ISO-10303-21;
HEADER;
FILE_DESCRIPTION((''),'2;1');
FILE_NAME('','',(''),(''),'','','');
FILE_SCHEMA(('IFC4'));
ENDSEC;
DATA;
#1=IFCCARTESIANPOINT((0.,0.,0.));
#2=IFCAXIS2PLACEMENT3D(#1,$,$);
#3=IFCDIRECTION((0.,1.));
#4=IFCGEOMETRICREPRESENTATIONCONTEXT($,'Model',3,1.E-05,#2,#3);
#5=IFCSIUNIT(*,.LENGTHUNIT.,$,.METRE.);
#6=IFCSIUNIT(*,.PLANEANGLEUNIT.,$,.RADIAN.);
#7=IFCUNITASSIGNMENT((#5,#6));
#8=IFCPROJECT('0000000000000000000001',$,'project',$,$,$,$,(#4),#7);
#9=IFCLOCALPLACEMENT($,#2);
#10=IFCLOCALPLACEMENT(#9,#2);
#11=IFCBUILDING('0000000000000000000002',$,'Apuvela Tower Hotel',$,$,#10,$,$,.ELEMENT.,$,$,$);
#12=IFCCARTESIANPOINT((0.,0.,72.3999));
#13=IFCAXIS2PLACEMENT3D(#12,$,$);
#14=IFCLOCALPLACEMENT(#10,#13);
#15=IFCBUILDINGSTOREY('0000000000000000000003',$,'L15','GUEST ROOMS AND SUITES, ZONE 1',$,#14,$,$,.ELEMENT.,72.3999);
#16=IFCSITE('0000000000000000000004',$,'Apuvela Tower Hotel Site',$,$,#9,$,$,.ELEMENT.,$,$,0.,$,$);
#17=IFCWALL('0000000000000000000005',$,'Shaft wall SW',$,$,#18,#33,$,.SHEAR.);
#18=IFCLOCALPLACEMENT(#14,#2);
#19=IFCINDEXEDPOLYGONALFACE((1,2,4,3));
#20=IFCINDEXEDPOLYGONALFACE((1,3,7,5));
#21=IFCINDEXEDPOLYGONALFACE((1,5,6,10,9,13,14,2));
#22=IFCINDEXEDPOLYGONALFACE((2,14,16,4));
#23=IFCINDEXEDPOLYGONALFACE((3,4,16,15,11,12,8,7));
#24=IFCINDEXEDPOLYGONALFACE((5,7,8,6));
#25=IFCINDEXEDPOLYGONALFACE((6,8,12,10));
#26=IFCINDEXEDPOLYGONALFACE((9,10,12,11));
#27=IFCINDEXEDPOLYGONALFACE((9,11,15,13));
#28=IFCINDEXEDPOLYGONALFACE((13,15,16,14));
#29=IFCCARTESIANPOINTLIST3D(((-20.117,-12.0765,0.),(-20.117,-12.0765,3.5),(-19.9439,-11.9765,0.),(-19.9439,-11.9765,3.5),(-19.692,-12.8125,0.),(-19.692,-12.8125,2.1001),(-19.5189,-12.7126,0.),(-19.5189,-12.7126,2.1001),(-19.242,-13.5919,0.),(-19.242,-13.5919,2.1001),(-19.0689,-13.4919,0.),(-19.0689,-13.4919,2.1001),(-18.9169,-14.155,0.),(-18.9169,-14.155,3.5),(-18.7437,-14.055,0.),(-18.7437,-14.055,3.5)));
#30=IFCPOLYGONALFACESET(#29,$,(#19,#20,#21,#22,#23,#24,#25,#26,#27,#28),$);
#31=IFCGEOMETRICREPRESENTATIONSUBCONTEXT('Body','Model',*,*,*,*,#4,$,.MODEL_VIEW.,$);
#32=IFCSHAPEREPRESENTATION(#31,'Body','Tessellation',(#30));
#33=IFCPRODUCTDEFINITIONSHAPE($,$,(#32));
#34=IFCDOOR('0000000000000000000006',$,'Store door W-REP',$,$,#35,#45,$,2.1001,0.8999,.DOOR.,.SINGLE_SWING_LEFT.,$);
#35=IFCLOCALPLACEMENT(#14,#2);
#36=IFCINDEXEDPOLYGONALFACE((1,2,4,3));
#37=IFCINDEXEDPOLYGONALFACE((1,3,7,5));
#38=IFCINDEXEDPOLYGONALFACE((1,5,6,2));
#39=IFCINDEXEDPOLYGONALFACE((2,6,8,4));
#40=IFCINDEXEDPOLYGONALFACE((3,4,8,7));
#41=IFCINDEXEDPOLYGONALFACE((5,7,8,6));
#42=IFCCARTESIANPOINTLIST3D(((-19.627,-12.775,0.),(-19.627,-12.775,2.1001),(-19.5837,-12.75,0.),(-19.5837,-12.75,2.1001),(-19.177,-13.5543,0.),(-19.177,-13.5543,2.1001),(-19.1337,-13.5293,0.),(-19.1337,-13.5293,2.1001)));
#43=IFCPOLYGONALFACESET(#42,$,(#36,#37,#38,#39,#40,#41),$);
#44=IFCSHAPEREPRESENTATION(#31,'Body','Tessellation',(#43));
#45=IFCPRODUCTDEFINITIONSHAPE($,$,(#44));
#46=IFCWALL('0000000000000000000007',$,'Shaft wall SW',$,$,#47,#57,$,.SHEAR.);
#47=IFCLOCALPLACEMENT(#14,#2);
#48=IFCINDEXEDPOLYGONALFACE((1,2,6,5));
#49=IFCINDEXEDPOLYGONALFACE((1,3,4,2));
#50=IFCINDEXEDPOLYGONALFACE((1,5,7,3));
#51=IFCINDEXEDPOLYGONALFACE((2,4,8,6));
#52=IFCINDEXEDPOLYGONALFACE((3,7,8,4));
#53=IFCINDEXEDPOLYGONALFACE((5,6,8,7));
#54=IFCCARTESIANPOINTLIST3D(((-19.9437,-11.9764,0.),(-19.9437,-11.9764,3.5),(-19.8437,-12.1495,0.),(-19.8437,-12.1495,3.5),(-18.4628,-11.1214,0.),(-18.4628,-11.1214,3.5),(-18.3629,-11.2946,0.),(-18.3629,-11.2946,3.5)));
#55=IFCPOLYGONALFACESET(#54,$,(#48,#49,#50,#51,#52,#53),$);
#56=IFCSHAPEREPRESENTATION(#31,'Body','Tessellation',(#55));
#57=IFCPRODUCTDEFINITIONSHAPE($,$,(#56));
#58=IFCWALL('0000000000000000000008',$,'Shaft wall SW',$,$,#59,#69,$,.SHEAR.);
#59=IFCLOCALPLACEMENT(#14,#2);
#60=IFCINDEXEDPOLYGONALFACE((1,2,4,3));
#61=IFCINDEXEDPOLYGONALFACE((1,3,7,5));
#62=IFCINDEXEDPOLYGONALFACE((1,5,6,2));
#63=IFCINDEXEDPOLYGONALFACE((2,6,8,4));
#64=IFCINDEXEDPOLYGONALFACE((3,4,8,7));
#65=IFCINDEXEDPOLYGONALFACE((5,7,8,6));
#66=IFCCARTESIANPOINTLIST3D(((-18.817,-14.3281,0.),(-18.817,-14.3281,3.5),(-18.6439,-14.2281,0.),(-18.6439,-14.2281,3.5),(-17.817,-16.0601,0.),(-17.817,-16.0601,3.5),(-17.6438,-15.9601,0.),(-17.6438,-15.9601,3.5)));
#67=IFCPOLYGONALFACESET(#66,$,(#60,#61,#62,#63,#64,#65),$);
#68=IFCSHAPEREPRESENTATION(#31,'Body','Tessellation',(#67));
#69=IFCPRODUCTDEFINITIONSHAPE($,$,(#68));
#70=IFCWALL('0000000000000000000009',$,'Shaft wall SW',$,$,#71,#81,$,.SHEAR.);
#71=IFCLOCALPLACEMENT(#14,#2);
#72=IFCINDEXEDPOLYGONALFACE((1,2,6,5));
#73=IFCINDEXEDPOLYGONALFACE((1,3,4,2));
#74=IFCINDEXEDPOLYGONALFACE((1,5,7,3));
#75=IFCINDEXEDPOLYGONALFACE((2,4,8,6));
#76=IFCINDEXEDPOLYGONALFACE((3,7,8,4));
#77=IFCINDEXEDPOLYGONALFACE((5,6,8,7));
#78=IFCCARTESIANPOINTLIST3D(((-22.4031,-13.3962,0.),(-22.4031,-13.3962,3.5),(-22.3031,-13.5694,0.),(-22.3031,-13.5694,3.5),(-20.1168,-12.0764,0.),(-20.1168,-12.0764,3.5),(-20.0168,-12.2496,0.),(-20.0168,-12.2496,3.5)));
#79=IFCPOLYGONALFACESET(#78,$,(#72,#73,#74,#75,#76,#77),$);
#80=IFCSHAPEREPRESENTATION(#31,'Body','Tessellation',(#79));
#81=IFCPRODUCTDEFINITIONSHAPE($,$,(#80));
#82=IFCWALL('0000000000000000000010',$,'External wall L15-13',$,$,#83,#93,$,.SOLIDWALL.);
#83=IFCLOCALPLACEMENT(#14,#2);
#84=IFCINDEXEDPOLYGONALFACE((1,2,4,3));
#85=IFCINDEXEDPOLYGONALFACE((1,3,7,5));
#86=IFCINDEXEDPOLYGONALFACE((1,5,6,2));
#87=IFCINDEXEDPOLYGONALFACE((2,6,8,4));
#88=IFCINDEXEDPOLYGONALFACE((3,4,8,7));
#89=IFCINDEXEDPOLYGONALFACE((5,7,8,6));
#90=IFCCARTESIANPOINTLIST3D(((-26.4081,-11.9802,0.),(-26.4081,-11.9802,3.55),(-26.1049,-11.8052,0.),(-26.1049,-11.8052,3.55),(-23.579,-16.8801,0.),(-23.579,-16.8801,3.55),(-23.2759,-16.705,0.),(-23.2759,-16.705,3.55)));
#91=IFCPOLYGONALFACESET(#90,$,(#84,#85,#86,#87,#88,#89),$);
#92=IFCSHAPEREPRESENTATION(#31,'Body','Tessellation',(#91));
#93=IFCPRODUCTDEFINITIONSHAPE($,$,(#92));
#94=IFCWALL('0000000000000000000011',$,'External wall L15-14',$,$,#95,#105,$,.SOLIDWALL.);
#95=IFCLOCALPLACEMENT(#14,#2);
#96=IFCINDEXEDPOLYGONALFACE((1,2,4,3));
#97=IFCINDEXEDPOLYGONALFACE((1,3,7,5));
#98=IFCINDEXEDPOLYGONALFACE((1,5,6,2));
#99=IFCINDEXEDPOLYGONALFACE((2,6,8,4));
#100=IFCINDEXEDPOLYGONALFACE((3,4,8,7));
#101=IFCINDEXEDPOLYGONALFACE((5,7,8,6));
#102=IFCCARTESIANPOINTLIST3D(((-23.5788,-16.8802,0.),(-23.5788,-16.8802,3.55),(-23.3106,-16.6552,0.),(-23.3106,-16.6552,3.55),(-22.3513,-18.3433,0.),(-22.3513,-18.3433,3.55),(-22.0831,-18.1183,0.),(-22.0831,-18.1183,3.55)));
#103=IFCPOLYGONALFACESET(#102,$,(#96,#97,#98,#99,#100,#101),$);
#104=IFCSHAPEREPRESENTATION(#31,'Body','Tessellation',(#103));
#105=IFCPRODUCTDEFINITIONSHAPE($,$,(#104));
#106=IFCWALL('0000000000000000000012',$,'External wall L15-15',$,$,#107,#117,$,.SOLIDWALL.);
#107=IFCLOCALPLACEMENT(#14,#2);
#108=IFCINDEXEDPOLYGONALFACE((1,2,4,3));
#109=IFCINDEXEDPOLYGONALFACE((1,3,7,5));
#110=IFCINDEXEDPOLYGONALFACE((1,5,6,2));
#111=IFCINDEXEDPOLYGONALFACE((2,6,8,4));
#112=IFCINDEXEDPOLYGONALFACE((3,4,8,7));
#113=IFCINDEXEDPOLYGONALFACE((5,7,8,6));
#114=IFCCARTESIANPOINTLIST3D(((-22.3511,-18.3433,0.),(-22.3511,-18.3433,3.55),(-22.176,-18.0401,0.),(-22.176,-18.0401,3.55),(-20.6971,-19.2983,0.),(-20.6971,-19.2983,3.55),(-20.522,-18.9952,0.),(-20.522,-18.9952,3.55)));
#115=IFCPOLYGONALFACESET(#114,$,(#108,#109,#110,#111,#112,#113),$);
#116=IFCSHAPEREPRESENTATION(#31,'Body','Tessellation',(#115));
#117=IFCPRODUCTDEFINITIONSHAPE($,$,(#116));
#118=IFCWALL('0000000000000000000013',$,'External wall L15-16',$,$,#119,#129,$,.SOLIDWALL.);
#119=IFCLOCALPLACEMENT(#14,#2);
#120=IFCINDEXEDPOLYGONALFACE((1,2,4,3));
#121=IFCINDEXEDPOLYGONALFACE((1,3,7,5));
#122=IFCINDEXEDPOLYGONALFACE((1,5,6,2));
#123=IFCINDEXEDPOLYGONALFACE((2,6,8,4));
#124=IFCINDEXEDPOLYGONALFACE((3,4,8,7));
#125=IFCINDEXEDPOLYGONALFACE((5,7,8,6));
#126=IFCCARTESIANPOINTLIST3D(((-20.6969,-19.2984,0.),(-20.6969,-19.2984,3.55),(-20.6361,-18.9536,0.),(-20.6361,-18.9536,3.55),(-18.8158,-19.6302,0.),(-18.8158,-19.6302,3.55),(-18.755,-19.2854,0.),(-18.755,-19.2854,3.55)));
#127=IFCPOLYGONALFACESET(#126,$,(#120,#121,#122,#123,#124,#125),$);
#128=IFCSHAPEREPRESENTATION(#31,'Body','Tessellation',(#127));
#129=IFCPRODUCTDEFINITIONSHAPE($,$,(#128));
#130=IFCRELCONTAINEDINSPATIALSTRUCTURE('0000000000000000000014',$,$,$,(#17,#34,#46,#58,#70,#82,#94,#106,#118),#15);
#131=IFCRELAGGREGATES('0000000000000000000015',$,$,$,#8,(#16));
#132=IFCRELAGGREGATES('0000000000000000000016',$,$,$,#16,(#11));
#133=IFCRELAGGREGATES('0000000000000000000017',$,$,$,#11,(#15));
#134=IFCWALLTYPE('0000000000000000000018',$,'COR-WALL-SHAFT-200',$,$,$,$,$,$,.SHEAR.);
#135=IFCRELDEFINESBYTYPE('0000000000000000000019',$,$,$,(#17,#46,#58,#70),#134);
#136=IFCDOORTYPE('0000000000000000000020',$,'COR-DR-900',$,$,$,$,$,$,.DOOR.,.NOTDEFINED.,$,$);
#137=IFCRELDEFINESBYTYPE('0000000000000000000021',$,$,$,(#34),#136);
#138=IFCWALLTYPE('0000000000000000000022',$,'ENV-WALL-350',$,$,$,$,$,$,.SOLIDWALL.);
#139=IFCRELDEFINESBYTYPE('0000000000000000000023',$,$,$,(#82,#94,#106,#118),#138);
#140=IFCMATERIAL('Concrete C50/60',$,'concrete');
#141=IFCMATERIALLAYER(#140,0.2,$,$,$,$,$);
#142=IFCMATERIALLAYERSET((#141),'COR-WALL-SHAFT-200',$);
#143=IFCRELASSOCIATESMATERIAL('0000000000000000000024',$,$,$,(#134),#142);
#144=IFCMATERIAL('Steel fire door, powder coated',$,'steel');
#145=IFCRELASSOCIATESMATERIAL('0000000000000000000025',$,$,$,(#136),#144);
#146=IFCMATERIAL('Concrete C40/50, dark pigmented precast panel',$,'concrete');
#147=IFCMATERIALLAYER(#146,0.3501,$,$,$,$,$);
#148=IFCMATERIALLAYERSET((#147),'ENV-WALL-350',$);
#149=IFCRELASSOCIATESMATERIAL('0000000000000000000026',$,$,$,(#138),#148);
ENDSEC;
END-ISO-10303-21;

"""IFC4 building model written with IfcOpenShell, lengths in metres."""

from ifc_helpers import new_model, si_unit, direction, frame, frame_2d, origin, place, context, subcontext, project, spatial, rectangle, extrude, material, layer, layer_set, type_object, element, fill, save


model = new_model("IFC4")

# Units and contexts
model_context = context("Model", 3, precision=1e-05, world=origin(), true_north=direction((0.0, 1.0)))
body_context = subcontext(model_context, "Body", "Model", "MODEL_VIEW")
ifc_project = project(units=[si_unit("LENGTHUNIT", "METRE"), si_unit("PLANEANGLEUNIT", "RADIAN")], contexts=[model_context])

# Site, building, storey
site_placement = place(None, origin())
site = spatial("IfcSite", under=ifc_project, at=site_placement, Name="Apuvela Tower Hotel Site", CompositionType="ELEMENT", RefElevation=0.0)
building_placement = place(site_placement, origin())
building = spatial("IfcBuilding", under=site, at=building_placement, Name="Apuvela Tower Hotel", CompositionType="ELEMENT")
storey_placement = place(building_placement, frame((0.0, 0.0, 72.3999)))
storey = spatial("IfcBuildingStorey", under=building, at=storey_placement, Name="L15", Description="GUEST ROOMS AND SUITES, ZONE 1", CompositionType="ELEMENT", Elevation=72.3999)

# Wall, opening, door
ifc_material_1 = material(Name="Concrete C50/60", Category="concrete")
ifc_layer_1 = layer(ifc_material_1, 0.2)
ifc_layer_set_1 = layer_set([ifc_layer_1], Name="COR-WALL-SHAFT-200")
wall_type_1 = type_object("IfcWallType", Name="COR-WALL-SHAFT-200", PredefinedType="SHEAR", material=ifc_layer_set_1)
wall_1_placement = place(storey_placement, frame((-20.0305, -12.0264, 0.0), z_axis=(0.0, 0.0, 1.0), x_axis=(0.500034, -0.866006, 0.0)))
wall_1 = element("IfcWall", 1, at=wall_1_placement, inside=storey, type_object=wall_type_1, Name="Shaft wall SW", PredefinedType="SHEAR", context=body_context, shape_type="SweptSolid", body=[
    extrude(rectangle(XDim=2.4001, YDim=0.2, at=frame_2d((1.2002, 0.0))), origin(), (0.0, 0.0, 1.0), 3.5),
])
opening_1_placement = place(wall_1_placement, frame((0.8501, 0.0, 0.0)))
opening_1 = element("IfcOpeningElement", 2, at=opening_1_placement, cuts=wall_1, PredefinedType="OPENING", context=body_context, shape_type="SweptSolid", body=[
    extrude(rectangle(XDim=0.8999, YDim=2.1001, at=frame_2d((0.45, 1.05))), frame((0.0, 0.1099, 0.0), z_axis=(0.0, -1.0, 0.0), x_axis=(1.0, 0.0, 0.0)), (0.0, 0.0, 1.0), 0.22),
])
ifc_material_2 = material(Name="Steel fire door, powder coated", Category="steel")
door_type_1 = type_object("IfcDoorType", Name="COR-DR-900", OperationType="NOTDEFINED", PredefinedType="DOOR", material=ifc_material_2)
door_1_placement = place(opening_1_placement, frame((0.8999, 0.0, 0.0), z_axis=(0.0, 0.0, 1.0), x_axis=(-1.0, 0.0, 0.0)))
door_1 = element("IfcDoor", 3, at=door_1_placement, inside=storey, type_object=door_type_1, Name="Store door W-REP", OperationType="SINGLE_SWING_LEFT", OverallHeight=2.1001, OverallWidth=0.8999, PredefinedType="DOOR", context=body_context, shape_type="SweptSolid", body=[
    extrude(rectangle(XDim=0.8999, YDim=2.1001, at=frame_2d((0.45, 1.05))), frame((0.0, 0.0249, 0.0), z_axis=(0.0, -1.0, 0.0), x_axis=(1.0, 0.0, 0.0)), (0.0, 0.0, 1.0), 0.05),
])
fill(opening_1, door_1)

# Walls
wall_2_placement = place(storey_placement, frame((-18.4128, -11.208, 0.0), z_axis=(0.0, 0.0, 1.0), x_axis=(-0.866038, -0.499978, 0.0)))
element("IfcWall", 4, at=wall_2_placement, inside=storey, type_object=wall_type_1, Name="Shaft wall SW", PredefinedType="SHEAR", context=body_context, shape_type="SweptSolid", body=[
    extrude(rectangle(XDim=1.71, YDim=0.2, at=frame_2d((0.855, 0.0))), origin(), (0.0, 0.0, 1.0), 3.5),
])
wall_3_placement = place(storey_placement, frame((-18.7305, -14.2781, 0.0), z_axis=(0.0, 0.0, 1.0), x_axis=(0.500025, -0.866011, 0.0)))
element("IfcWall", 5, at=wall_3_placement, inside=storey, type_object=wall_type_1, Name="Shaft wall SW", PredefinedType="SHEAR", context=body_context, shape_type="SweptSolid", body=[
    extrude(rectangle(XDim=2.0, YDim=0.2, at=frame_2d((1.0, 0.0))), origin(), (0.0, 0.0, 1.0), 3.5),
])
wall_4_placement = place(storey_placement, frame((-20.0669, -12.1631, 0.0), z_axis=(0.0, 0.0, 1.0), x_axis=(-0.866061, -0.499939, 0.0)))
element("IfcWall", 6, at=wall_4_placement, inside=storey, type_object=wall_type_1, Name="Shaft wall SW", PredefinedType="SHEAR", context=body_context, shape_type="SweptSolid", body=[
    extrude(rectangle(XDim=2.6399, YDim=0.2, at=frame_2d((1.3198, 0.0))), origin(), (0.0, 0.0, 1.0), 3.5),
])
ifc_material_3 = material(Name="Concrete C40/50, dark pigmented precast panel", Category="concrete")
ifc_layer_2 = layer(ifc_material_3, 0.3501)
ifc_layer_set_2 = layer_set([ifc_layer_2], Name="ENV-WALL-350")
wall_type_2 = type_object("IfcWallType", Name="ENV-WALL-350", PredefinedType="SOLIDWALL", material=ifc_layer_set_2)
wall_5_placement = place(storey_placement, frame((-26.2566, -11.8926, 0.0), z_axis=(0.0, 0.0, 1.0), x_axis=(0.500019, -0.866015, 0.0)))
element("IfcWall", 7, at=wall_5_placement, inside=storey, type_object=wall_type_2, Name="External wall L15-13", PredefinedType="SOLIDWALL", context=body_context, shape_type="SweptSolid", body=[
    extrude(rectangle(XDim=5.658, YDim=0.3501, at=frame_2d((2.8291, 0.0))), origin(), (0.0, 0.0, 1.0), 3.55),
])
for number, where, z_axis, x_axis, name in (
    (8, (-23.4448, -16.7676, 0.0), (0.0, 0.0, 1.0), (0.642733, -0.76609, 0.0), "External wall L15-14"),
    (9, (-22.2637, -18.1917, 0.0), (0.0, 0.0, 1.0), (0.866, -0.500043, 0.0), "External wall L15-15"),
):
    element("IfcWall", number, at=place(storey_placement, frame(where, z_axis=z_axis, x_axis=x_axis)), inside=storey, type_object=wall_type_2, Name=name, PredefinedType="SOLIDWALL", context=body_context, shape_type="SweptSolid", body=[
        extrude(rectangle(XDim=1.9099, YDim=0.3501, at=frame_2d((0.9551, 0.0))), origin(), (0.0, 0.0, 1.0), 3.55),
    ])
wall_6_placement = place(storey_placement, frame((-20.6665, -19.126, 0.0), z_axis=(0.0, 0.0, 1.0), x_axis=(0.984799, -0.173698, 0.0)))
element("IfcWall", 10, at=wall_6_placement, inside=storey, type_object=wall_type_2, Name="External wall L15-16", PredefinedType="SOLIDWALL", context=body_context, shape_type="SweptSolid", body=[
    extrude(rectangle(XDim=1.9102, YDim=0.3501, at=frame_2d((0.9551, 0.0))), origin(), (0.0, 0.0, 1.0), 3.55),
])

save(model, "model.ifc")
